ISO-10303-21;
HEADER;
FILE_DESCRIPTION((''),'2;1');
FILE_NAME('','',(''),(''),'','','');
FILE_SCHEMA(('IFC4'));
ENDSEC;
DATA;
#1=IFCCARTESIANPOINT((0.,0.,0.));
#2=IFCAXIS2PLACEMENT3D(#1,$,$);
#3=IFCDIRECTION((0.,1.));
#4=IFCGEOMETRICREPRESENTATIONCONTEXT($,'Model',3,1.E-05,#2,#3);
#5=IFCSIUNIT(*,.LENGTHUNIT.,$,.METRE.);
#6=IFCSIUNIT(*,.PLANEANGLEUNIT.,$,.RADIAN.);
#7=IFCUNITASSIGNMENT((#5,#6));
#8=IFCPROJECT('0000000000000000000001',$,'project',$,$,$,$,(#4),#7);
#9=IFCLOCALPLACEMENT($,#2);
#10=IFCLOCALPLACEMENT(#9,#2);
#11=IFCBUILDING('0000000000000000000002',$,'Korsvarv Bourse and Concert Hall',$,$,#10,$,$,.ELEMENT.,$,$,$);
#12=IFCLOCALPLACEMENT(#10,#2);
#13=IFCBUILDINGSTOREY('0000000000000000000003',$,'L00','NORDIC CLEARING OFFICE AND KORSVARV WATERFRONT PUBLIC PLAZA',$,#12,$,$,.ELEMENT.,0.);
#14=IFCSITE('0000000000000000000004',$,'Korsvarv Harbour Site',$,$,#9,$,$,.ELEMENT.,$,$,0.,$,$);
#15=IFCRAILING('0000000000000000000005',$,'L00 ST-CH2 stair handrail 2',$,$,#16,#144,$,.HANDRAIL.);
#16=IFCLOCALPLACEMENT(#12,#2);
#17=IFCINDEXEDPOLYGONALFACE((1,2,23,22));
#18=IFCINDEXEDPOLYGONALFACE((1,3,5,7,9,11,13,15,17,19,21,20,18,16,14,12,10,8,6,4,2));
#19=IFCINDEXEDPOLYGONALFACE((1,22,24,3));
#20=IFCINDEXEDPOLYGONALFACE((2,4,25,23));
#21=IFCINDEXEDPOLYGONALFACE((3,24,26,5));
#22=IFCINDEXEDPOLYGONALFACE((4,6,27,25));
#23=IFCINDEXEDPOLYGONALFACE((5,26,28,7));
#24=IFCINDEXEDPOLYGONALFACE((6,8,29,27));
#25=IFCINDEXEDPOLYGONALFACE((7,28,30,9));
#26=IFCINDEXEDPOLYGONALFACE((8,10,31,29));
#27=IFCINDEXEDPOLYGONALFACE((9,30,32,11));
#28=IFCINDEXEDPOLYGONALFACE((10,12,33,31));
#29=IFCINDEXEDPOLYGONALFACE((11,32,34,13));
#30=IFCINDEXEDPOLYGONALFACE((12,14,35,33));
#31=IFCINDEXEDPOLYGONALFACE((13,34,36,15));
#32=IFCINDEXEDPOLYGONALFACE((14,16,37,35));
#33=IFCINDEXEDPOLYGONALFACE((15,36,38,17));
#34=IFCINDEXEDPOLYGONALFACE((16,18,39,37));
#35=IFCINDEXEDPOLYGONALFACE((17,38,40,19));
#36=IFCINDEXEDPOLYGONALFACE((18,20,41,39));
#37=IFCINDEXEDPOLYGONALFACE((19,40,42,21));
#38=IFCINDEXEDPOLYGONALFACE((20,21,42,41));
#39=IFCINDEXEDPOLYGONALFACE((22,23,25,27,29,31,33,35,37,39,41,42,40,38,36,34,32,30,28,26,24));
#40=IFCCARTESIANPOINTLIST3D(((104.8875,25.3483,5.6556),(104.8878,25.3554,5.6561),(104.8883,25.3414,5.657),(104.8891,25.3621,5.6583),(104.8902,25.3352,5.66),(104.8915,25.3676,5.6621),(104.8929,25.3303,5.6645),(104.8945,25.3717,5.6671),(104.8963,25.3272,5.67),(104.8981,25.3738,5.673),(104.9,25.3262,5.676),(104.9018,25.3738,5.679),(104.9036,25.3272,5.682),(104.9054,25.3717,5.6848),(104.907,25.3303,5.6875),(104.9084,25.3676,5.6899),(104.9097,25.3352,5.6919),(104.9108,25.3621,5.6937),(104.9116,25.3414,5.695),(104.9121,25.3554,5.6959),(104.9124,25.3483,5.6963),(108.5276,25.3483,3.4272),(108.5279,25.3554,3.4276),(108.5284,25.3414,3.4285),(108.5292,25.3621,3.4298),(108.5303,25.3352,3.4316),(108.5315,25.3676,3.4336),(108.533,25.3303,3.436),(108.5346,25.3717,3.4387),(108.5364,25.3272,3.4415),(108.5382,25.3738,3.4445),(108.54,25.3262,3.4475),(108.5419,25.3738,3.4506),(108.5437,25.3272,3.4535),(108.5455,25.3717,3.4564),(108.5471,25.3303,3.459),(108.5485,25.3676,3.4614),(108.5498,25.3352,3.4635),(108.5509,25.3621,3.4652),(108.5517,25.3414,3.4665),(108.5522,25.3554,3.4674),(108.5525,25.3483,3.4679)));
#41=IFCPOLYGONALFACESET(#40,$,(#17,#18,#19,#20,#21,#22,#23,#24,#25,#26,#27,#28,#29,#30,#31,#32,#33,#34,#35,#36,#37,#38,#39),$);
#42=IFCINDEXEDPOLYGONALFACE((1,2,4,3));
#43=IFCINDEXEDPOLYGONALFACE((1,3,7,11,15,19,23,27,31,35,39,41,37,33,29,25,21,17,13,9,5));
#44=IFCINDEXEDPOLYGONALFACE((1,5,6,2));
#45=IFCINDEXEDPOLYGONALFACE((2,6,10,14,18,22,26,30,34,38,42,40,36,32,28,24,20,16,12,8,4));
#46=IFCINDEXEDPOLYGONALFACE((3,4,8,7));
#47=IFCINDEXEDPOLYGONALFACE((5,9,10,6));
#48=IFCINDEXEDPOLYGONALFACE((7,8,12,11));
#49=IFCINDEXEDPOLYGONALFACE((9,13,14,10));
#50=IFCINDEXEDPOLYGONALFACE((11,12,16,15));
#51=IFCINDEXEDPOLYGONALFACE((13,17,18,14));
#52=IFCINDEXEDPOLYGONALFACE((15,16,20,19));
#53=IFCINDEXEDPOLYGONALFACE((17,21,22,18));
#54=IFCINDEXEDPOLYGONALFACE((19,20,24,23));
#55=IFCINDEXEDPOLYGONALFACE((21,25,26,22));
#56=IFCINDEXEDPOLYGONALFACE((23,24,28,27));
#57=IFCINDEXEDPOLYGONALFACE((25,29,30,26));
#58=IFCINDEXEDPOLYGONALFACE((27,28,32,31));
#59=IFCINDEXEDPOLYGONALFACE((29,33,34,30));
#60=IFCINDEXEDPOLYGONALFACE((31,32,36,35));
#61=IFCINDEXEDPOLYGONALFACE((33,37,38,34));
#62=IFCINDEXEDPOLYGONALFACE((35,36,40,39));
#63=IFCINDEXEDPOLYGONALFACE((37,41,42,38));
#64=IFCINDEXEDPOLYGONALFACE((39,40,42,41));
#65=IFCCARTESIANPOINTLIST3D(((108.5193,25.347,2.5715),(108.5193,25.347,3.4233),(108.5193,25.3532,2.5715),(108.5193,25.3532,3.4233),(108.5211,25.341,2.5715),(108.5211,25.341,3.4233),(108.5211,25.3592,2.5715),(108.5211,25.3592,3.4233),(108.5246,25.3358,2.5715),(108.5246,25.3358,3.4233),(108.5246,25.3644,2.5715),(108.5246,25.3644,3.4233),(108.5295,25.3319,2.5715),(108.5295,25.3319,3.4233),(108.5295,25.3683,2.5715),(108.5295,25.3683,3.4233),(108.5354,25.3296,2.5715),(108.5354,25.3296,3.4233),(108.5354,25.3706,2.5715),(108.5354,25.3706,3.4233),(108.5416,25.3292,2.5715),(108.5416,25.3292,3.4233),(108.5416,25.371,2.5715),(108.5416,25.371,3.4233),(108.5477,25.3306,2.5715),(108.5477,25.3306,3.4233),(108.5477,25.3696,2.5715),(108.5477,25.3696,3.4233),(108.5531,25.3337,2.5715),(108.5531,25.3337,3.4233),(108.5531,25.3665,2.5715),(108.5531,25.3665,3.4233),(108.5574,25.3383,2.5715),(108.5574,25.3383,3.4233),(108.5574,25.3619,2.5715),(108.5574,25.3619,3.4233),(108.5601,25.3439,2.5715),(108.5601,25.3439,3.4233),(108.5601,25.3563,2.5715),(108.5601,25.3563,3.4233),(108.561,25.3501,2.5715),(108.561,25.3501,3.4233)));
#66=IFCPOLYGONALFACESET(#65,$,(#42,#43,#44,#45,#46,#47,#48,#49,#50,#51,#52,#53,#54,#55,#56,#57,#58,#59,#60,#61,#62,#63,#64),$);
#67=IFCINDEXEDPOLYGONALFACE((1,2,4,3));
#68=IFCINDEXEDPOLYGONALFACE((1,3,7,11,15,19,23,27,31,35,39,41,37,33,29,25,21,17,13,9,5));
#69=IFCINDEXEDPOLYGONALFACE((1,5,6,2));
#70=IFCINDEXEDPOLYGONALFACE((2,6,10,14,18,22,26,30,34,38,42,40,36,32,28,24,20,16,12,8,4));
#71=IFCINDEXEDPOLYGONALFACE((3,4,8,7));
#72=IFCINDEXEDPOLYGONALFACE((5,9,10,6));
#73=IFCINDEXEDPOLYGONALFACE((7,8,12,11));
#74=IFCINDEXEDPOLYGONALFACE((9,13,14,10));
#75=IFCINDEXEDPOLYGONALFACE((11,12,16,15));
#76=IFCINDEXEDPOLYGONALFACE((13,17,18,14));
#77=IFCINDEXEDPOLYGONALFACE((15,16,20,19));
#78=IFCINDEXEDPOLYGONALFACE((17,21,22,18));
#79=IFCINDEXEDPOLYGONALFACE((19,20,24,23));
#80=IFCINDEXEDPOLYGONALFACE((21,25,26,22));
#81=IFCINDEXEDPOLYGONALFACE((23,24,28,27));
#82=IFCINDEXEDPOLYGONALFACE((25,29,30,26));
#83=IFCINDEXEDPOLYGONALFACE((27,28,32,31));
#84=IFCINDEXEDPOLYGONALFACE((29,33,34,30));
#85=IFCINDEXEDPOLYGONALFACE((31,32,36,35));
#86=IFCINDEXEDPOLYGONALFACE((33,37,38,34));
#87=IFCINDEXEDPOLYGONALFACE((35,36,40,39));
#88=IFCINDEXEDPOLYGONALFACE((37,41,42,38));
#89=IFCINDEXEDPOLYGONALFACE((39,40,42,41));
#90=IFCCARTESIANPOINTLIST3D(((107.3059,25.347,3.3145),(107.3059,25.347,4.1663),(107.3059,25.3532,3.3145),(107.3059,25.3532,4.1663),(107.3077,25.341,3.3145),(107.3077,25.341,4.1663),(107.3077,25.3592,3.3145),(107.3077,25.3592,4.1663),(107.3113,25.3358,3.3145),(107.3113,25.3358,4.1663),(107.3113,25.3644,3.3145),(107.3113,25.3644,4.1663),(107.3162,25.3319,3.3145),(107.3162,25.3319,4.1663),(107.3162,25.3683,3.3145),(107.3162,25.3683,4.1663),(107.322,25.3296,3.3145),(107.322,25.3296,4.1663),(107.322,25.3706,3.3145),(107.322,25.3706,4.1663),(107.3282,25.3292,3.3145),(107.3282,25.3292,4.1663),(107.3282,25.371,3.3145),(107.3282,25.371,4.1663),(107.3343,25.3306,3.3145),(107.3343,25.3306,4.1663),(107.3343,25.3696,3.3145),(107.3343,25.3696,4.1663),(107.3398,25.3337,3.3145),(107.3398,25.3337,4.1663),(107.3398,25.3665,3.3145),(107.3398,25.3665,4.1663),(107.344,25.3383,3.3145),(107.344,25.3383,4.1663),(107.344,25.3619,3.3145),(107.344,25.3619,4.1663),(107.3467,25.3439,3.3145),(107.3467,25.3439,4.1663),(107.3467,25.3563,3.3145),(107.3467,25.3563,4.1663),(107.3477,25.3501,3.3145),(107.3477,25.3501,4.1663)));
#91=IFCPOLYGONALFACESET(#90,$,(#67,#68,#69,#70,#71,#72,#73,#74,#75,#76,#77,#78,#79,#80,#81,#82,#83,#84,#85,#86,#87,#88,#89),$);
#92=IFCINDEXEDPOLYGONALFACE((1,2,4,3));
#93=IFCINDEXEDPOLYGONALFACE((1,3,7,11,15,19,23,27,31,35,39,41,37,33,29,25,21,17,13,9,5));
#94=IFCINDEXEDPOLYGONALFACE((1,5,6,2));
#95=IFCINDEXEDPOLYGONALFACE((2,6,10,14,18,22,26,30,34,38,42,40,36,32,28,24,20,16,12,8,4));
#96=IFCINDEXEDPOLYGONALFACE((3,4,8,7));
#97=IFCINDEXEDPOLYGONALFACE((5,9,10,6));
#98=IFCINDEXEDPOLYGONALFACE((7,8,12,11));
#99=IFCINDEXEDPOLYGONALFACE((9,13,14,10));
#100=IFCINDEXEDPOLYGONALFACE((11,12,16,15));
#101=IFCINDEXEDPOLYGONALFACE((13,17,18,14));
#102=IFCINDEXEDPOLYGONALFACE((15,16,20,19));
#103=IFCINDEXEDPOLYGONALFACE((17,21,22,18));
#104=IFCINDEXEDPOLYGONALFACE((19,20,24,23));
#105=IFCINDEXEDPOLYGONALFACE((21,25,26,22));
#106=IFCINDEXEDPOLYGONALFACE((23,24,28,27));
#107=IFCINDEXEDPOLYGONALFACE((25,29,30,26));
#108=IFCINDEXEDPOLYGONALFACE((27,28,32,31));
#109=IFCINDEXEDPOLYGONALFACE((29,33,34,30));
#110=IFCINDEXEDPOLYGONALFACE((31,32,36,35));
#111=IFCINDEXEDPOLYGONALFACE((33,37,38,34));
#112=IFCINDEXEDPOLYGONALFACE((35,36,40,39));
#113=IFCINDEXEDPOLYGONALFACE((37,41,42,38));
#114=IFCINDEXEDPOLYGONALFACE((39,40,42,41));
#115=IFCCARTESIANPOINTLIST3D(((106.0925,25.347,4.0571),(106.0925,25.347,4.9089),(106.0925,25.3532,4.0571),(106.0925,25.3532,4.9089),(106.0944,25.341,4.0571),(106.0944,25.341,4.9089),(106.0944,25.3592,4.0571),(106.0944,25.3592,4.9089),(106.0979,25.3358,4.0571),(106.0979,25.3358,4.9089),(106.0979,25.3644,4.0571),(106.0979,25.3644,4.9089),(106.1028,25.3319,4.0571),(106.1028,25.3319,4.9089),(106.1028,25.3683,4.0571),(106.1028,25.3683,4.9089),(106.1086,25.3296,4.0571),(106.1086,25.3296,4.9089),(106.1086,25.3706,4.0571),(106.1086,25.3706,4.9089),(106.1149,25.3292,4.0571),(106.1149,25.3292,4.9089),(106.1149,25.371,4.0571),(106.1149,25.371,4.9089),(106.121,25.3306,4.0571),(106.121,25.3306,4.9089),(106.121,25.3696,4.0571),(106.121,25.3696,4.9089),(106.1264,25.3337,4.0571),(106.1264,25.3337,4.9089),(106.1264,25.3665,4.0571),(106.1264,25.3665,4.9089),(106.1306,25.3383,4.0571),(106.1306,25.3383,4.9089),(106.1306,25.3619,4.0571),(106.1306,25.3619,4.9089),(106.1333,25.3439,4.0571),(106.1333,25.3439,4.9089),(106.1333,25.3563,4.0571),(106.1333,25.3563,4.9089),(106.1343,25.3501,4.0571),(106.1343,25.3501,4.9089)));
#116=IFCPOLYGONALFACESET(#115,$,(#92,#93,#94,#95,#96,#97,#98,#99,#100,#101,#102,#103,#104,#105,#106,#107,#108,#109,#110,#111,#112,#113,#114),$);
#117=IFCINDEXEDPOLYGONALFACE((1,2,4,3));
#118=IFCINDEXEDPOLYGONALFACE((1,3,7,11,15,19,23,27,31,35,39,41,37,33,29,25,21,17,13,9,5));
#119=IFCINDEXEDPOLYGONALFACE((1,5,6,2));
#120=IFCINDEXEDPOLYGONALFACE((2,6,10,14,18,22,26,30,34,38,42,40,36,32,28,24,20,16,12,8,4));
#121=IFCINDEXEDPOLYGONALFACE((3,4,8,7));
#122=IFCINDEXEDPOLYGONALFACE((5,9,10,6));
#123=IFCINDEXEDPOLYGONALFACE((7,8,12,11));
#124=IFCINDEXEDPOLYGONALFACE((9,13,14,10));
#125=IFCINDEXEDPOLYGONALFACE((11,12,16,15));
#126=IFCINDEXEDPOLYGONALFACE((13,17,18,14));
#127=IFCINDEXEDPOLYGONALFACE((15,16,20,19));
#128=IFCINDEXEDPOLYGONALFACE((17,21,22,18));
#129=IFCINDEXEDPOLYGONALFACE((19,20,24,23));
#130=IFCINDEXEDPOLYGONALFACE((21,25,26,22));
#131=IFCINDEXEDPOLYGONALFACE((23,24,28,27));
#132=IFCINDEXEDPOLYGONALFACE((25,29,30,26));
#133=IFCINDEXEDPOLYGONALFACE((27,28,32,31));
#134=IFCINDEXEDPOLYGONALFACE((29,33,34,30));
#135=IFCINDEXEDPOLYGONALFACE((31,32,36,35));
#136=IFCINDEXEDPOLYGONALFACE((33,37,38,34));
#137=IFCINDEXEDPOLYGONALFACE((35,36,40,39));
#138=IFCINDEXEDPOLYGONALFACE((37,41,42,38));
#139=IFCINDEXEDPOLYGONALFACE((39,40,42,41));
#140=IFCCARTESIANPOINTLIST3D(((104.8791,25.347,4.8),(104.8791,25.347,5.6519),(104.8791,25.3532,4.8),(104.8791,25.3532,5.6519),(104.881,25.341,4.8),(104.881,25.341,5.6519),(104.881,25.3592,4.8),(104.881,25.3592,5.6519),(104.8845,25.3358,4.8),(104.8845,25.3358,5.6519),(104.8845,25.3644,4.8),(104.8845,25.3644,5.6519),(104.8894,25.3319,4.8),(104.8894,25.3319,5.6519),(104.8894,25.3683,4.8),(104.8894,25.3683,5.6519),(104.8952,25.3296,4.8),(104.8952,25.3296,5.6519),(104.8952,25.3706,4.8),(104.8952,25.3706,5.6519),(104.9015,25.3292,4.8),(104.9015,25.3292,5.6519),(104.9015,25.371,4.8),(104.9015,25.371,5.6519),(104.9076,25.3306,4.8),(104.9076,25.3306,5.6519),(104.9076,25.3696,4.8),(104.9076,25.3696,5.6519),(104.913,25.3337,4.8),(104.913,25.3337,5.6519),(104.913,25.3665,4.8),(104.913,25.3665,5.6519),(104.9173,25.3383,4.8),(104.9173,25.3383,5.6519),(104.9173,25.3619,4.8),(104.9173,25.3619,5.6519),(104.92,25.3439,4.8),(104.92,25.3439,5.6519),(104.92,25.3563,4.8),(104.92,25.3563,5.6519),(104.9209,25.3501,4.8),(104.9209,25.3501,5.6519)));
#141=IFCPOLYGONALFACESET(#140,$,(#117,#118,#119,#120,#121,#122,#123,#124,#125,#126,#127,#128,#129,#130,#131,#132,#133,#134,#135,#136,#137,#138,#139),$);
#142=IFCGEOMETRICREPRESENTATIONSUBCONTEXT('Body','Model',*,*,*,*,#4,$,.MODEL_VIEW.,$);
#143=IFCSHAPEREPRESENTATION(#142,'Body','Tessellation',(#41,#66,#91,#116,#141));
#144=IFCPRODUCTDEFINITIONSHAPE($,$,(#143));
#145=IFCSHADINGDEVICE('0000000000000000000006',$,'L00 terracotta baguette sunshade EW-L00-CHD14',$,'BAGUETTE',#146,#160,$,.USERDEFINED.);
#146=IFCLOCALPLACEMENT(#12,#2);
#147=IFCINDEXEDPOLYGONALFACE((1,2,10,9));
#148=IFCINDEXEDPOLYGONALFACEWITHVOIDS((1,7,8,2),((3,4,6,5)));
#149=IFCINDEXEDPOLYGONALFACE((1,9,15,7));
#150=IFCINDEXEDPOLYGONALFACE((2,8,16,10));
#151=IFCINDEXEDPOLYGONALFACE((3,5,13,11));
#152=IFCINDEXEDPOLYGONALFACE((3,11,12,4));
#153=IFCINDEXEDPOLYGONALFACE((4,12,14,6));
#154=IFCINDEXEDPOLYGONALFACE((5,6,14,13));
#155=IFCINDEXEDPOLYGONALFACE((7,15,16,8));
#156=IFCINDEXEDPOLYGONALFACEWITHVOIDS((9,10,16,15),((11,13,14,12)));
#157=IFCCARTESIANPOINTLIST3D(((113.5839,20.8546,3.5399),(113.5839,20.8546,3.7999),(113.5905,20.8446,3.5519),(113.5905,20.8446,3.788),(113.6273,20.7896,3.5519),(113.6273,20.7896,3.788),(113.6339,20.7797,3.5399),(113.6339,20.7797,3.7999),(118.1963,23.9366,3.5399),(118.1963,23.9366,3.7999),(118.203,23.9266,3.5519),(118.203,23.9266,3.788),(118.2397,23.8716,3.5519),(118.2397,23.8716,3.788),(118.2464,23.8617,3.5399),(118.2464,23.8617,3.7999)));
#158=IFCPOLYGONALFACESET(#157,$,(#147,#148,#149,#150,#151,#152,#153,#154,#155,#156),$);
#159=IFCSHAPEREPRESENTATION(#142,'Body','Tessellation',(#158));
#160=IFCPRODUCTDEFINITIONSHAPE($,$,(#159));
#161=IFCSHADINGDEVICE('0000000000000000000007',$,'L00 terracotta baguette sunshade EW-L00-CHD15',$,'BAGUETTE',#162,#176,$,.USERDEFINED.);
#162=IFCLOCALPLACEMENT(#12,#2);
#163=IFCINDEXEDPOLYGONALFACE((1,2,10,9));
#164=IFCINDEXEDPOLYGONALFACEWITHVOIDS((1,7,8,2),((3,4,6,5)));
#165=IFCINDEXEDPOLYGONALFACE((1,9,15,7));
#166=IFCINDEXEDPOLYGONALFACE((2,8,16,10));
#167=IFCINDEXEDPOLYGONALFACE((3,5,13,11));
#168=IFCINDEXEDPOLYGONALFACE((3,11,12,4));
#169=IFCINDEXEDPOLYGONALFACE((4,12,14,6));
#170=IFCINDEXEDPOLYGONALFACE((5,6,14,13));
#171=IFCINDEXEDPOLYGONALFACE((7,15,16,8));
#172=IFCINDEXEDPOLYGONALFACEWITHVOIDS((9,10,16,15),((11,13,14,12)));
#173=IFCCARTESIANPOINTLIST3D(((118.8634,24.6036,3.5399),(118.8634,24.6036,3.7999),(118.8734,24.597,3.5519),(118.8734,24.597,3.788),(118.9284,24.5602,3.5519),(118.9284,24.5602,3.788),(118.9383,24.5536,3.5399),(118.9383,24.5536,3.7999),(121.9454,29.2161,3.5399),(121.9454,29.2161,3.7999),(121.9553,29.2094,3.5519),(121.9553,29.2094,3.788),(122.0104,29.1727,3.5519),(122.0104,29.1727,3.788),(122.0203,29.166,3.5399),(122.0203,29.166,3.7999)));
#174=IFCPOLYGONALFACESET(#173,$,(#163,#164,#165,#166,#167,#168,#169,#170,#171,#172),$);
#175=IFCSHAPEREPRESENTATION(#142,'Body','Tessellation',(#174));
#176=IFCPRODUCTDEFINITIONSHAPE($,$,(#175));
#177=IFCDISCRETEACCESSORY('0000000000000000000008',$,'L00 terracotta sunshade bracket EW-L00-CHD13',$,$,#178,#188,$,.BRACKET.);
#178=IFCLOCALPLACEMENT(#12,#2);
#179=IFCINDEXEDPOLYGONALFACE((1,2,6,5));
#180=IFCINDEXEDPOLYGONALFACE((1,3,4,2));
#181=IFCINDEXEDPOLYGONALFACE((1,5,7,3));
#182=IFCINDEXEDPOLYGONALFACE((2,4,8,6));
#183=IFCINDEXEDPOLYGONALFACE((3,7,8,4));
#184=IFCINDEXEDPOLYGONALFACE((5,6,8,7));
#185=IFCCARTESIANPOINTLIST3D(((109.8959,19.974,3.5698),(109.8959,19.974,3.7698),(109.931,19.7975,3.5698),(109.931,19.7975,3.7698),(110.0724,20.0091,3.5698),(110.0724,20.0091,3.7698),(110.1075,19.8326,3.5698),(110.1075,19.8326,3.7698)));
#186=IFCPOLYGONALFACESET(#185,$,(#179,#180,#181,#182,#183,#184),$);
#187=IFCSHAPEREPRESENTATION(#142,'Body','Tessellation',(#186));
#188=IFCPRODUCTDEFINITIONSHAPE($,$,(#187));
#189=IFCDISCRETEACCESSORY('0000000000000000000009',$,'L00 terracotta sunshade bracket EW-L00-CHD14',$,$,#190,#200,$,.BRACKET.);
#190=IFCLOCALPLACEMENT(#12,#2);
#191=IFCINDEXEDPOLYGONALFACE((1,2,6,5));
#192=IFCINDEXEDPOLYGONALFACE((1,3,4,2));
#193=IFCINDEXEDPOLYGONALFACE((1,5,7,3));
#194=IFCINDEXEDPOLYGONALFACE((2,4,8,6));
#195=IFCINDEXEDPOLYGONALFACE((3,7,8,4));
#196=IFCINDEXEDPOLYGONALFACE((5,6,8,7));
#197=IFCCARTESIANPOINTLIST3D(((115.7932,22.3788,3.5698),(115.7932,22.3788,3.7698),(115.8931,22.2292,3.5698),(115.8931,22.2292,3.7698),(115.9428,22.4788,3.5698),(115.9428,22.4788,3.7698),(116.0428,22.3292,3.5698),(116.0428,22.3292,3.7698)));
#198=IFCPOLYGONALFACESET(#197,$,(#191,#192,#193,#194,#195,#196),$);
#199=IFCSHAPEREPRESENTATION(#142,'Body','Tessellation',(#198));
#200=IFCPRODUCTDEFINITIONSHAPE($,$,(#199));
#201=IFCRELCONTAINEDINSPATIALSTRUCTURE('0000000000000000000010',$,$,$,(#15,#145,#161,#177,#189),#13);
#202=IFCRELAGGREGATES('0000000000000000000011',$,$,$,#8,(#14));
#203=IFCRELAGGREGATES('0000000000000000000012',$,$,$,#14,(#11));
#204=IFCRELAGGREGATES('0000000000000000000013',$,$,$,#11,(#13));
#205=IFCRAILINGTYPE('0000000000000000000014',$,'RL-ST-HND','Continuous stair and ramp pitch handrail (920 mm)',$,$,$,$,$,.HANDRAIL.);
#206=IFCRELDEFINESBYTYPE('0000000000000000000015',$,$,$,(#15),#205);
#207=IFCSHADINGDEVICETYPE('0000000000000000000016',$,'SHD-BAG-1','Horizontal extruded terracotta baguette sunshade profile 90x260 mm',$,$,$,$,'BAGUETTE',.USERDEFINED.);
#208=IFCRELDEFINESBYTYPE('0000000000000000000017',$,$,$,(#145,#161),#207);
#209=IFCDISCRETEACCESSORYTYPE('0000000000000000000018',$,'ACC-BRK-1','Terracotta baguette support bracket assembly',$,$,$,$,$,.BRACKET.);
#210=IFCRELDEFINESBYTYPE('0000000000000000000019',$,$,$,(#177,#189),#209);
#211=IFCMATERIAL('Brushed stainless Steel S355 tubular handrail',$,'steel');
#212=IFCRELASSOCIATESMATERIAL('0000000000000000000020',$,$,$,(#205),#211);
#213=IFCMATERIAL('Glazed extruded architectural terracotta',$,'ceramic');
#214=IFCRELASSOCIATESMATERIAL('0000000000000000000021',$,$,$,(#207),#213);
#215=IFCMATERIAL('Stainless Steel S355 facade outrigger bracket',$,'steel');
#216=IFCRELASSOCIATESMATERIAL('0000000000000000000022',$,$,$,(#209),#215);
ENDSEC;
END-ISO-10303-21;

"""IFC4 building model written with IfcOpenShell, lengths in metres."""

from ifc_helpers import new_model, si_unit, direction, frame, origin, origin_2d, place, context, subcontext, project, spatial, rectangle, hollow_rectangle, circle, extrude, source, transform, mapped, material, material_profile, profile_set, type_object, element, save


model = new_model("IFC4")

# Units and contexts
model_context = context("Model", 3, precision=1e-05, world=origin(), true_north=direction((0.0, 1.0)))
body_context = subcontext(model_context, "Body", "Model", "MODEL_VIEW")
ifc_project = project(units=[si_unit("LENGTHUNIT", "METRE"), si_unit("PLANEANGLEUNIT", "RADIAN")], contexts=[model_context])

# Site, building, storey
site_placement = place(None, origin())
site = spatial("IfcSite", under=ifc_project, at=site_placement, Name="Korsvarv Harbour Site", CompositionType="ELEMENT", RefElevation=0.0)
building_placement = place(site_placement, origin())
building = spatial("IfcBuilding", under=site, at=building_placement, Name="Korsvarv Bourse and Concert Hall", CompositionType="ELEMENT")
storey_placement = place(building_placement, origin())
storey = spatial("IfcBuildingStorey", under=building, at=storey_placement, Name="L00", Description="NORDIC CLEARING OFFICE AND KORSVARV WATERFRONT PUBLIC PLAZA", CompositionType="ELEMENT", Elevation=0.0)

# Railing
ifc_material_1 = material(Name="Brushed stainless Steel S355 tubular handrail", Category="steel")
railing_type_1 = type_object("IfcRailingType", Name="RL-ST-HND", Description="Continuous stair and ramp pitch handrail (920 mm)", PredefinedType="HANDRAIL", material=ifc_material_1)
railing_1_placement = place(storey_placement, frame((108.54, 25.3501, 2.5715)))
element("IfcRailing", 1, at=railing_1_placement, inside=storey, type_object=railing_type_1, Name="L00 ST-CH2 stair handrail 2", PredefinedType="HANDRAIL", context=body_context, shape_type="SweptSolid", body=[
    extrude(circle(Radius=0.0239, at=origin_2d()), frame((0.0, 0.0, 0.876), z_axis=(-0.852866, 0.0, 0.52213), x_axis=(0.0, -1.0, 0.0)), (0.0, 0.0, 1.0), 4.2681),
    extrude(circle(Radius=0.021, at=origin_2d()), origin(), (0.0, 0.0, 1.0), 0.8518),
    extrude(circle(Radius=0.021, at=origin_2d()), frame((-1.2134, 0.0, 0.7429)), (0.0, 0.0, 1.0), 0.8518),
    extrude(circle(Radius=0.021, at=origin_2d()), frame((-2.4268, 0.0, 1.4856)), (0.0, 0.0, 1.0), 0.8518),
    extrude(circle(Radius=0.021, at=origin_2d()), frame((-3.6401, 0.0, 2.2285)), (0.0, 0.0, 1.0), 0.8518),
])

# Shading devices
ifc_material_2 = material(Name="Glazed extruded architectural terracotta", Category="ceramic")
ifc_material_profile_1 = material_profile(ifc_material_2, hollow_rectangle(XDim=0.0901, YDim=0.26, WallThickness=0.012, at=origin_2d()), Name="TC-BAG 90x260")
ifc_profile_set_1 = profile_set([ifc_material_profile_1], Name="Glazed extruded architectural terracotta")
shading_device_type = type_object("IfcShadingDeviceType", Name="SHD-BAG-1", Description="Horizontal extruded terracotta baguette sunshade profile 90x260 mm", ElementType="BAGUETTE", PredefinedType="USERDEFINED", material=ifc_profile_set_1)
shared_shape_1 = source(origin(), body_context, "Body", "SweptSolid", [
    extrude(hollow_rectangle(XDim=0.0901, YDim=0.26, WallThickness=0.012, at=origin_2d()), origin(), (0.0, 0.0, 1.0), 5.5474),
])
for number, where, z_axis, x_axis, name in (
    (2, (113.6089, 20.8171, 3.6699), (0.831468, 0.555573, 0.0), (-0.555573, 0.831468, 0.0), "L00 terracotta baguette sunshade EW-L00-CHD14"),
    (3, (118.9009, 24.5786, 3.6699), (0.555573, 0.831468, 0.0), (-0.831468, 0.555573, 0.0), "L00 terracotta baguette sunshade EW-L00-CHD15"),
):
    element("IfcShadingDevice", number, at=place(storey_placement, frame(where, z_axis=z_axis, x_axis=x_axis)), inside=storey, type_object=shading_device_type, Name=name, ObjectType="BAGUETTE", PredefinedType="USERDEFINED", context=body_context, shape_type="MappedRepresentation", body=[
        mapped(shared_shape_1, transform((0.0, 0.0, 0.0), scale=1.0)),
    ])

# Discrete accessories
ifc_material_3 = material(Name="Stainless Steel S355 facade outrigger bracket", Category="steel")
discrete_accessory_type = type_object("IfcDiscreteAccessoryType", Name="ACC-BRK-1", Description="Terracotta baguette support bracket assembly", PredefinedType="BRACKET", material=ifc_material_3)
shared_shape_2 = source(origin(), body_context, "Body", "SweptSolid", [
    extrude(rectangle(XDim=0.1799, YDim=0.1799, at=origin_2d()), origin(), (0.0, 0.0, 1.0), 0.2),
])
for number, where, z_axis, x_axis, name in (
    (4, (110.0017, 19.9033, 3.5698), (0.0, 0.0, 1.0), (0.980785, 0.19509, 0.0), "L00 terracotta sunshade bracket EW-L00-CHD13"),
    (5, (115.918, 22.354, 3.5698), (0.0, 0.0, 1.0), (0.83147, 0.55557, 0.0), "L00 terracotta sunshade bracket EW-L00-CHD14"),
):
    element("IfcDiscreteAccessory", number, at=place(storey_placement, frame(where, z_axis=z_axis, x_axis=x_axis)), inside=storey, type_object=discrete_accessory_type, Name=name, PredefinedType="BRACKET", context=body_context, shape_type="MappedRepresentation", body=[
        mapped(shared_shape_2, transform((0.0, 0.0, 0.0), scale=1.0)),
    ])

save(model, "model.ifc")
